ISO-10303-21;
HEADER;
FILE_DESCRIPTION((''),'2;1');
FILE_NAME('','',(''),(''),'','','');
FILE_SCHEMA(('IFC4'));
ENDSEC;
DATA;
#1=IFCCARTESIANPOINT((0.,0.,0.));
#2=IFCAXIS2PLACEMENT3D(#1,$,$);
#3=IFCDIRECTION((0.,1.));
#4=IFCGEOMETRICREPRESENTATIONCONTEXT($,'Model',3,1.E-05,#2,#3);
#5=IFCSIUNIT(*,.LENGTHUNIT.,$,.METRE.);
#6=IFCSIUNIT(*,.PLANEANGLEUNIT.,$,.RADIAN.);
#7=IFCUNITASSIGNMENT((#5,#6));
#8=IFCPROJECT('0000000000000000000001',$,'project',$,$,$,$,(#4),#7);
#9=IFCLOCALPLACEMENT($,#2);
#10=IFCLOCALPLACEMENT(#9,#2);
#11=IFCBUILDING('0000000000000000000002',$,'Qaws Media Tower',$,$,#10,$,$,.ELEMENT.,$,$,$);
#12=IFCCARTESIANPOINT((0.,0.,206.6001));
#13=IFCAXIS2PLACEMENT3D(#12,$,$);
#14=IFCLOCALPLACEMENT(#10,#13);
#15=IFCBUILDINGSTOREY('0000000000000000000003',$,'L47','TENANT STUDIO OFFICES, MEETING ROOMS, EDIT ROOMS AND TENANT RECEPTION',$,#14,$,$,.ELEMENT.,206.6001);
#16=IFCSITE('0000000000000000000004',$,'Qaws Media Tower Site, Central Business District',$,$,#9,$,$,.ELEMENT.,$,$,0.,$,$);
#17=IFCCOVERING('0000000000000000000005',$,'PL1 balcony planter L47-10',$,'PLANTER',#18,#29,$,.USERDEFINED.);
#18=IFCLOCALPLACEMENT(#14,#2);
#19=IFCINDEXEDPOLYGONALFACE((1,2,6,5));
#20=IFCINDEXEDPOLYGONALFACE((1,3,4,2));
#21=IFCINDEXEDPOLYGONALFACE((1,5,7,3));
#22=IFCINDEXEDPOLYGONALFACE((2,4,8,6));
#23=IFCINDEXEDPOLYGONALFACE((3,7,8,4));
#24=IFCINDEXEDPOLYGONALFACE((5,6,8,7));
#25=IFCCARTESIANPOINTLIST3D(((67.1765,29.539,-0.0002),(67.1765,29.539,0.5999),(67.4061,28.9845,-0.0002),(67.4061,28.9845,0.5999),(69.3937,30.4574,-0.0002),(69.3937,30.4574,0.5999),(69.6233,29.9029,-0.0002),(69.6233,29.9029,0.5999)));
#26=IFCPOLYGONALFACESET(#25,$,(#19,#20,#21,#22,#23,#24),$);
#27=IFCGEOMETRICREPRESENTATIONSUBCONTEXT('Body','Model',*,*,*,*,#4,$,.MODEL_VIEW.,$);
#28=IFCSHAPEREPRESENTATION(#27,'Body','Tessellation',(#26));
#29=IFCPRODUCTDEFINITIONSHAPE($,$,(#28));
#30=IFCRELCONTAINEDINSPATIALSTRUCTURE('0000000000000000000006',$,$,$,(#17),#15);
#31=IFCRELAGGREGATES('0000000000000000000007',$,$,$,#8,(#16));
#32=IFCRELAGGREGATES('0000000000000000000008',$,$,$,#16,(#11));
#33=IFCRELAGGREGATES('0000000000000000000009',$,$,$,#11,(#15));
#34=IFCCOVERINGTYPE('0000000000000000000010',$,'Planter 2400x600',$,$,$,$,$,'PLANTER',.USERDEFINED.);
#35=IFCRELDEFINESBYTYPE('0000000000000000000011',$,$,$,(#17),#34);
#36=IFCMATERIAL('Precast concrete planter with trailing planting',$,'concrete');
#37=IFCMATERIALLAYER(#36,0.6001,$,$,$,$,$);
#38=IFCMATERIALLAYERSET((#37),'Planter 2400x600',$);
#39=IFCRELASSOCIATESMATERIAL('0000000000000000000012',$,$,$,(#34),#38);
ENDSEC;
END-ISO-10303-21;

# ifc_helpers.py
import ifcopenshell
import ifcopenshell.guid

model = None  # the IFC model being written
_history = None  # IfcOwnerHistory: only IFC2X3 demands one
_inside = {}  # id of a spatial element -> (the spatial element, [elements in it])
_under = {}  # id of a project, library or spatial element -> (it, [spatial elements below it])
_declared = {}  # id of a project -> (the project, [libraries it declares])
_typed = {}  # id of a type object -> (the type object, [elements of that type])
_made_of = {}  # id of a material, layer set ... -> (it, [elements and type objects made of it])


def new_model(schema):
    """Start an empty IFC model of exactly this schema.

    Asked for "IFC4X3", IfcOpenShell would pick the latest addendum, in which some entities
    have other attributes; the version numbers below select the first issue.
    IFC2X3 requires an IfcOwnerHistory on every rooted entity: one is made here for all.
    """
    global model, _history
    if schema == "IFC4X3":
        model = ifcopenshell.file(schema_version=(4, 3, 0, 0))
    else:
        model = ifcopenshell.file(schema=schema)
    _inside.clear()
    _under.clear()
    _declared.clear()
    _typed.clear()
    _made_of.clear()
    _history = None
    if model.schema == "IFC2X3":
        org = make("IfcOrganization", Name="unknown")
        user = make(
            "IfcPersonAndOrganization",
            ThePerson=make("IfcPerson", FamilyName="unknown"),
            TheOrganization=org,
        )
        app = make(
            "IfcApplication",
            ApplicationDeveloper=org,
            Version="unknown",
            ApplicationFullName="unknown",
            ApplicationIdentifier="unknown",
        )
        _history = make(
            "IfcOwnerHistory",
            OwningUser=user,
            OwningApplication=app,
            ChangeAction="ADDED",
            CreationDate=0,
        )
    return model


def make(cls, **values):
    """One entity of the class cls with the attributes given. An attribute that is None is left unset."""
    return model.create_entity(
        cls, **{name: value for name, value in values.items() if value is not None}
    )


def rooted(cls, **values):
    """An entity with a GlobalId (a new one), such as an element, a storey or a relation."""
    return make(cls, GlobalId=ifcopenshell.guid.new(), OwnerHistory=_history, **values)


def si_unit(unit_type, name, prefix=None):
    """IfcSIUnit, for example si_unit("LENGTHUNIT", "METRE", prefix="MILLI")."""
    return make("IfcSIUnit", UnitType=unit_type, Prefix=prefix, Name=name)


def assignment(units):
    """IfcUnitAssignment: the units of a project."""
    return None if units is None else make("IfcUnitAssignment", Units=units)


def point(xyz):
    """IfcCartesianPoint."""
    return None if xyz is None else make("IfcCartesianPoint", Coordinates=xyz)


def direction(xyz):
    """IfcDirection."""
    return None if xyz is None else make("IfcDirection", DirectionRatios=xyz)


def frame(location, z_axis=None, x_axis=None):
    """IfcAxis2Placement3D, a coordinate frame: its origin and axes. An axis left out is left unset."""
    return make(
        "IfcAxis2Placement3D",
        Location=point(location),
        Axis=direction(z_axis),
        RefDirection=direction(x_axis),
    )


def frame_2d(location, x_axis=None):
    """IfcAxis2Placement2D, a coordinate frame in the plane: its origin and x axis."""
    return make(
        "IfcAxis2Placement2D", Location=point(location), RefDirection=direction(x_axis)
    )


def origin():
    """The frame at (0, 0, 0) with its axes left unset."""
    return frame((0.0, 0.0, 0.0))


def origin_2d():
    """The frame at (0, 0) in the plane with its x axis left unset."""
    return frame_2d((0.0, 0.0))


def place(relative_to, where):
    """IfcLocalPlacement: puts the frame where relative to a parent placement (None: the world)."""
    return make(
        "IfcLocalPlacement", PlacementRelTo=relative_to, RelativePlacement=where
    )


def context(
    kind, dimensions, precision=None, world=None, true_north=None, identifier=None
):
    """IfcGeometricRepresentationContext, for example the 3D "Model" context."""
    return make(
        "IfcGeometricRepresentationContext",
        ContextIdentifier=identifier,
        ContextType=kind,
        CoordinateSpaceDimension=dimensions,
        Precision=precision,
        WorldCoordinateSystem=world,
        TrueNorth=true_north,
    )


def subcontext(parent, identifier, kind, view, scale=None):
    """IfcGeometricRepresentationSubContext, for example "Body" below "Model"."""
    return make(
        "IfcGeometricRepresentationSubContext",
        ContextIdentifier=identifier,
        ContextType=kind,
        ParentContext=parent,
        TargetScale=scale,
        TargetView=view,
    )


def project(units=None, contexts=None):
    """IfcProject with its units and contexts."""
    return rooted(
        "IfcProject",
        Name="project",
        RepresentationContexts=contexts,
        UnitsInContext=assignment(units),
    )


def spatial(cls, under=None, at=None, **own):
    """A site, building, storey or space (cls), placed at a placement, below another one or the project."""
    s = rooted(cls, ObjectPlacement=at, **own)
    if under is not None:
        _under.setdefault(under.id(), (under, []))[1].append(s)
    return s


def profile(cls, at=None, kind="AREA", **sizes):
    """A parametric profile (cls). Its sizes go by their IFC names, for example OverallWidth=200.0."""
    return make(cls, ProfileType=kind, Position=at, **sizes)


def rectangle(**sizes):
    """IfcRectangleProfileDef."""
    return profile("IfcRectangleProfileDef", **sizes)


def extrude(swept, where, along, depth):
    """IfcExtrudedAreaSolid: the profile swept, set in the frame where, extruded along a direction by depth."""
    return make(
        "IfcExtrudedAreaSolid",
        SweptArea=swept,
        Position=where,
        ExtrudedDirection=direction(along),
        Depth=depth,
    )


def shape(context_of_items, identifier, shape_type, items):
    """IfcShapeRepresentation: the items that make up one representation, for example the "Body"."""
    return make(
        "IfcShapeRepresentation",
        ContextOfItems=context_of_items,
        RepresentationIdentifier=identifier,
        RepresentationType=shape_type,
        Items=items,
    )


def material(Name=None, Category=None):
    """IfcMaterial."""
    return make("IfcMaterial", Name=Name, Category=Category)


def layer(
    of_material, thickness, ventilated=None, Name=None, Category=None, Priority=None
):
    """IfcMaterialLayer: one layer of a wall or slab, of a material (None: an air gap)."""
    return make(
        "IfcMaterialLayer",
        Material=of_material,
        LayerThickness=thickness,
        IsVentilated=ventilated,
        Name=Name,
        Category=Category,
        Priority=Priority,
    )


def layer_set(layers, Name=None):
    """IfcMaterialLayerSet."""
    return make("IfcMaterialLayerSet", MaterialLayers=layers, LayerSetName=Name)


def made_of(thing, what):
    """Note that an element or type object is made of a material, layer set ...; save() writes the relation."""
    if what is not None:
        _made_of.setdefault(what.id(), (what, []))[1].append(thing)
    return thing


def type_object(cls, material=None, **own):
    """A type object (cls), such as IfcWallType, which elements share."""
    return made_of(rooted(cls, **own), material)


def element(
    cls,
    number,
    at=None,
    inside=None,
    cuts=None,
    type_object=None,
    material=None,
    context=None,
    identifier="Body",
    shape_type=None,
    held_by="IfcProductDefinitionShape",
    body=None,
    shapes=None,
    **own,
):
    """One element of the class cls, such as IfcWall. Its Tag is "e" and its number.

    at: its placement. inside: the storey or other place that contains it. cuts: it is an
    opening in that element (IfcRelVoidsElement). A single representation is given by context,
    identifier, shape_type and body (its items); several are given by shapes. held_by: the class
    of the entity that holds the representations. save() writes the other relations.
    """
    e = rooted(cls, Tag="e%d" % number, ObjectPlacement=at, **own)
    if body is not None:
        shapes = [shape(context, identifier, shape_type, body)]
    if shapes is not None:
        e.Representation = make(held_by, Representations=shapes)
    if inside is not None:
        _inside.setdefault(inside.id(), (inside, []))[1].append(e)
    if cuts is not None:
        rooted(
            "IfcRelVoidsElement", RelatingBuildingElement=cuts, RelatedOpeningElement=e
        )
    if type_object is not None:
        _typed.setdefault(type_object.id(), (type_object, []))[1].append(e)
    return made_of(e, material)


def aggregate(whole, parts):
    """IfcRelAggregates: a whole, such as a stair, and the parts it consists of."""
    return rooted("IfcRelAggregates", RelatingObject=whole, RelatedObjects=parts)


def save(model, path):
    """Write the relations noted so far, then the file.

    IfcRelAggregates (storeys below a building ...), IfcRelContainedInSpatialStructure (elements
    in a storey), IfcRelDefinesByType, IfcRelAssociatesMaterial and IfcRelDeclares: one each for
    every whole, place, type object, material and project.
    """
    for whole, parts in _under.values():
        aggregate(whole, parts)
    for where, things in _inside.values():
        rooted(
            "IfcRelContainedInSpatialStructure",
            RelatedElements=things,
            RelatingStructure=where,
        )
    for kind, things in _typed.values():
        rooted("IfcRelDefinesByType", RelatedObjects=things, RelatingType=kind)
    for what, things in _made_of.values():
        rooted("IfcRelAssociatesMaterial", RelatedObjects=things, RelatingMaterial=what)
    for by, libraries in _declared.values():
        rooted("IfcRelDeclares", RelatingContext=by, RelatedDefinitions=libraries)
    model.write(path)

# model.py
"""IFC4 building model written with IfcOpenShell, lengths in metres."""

from ifc_helpers import new_model, si_unit, direction, frame, origin, origin_2d, place, context, subcontext, project, spatial, rectangle, extrude, material, layer, layer_set, type_object, element, save


model = new_model("IFC4")

# Units and contexts
model_context = context("Model", 3, precision=1e-05, world=origin(), true_north=direction((0.0, 1.0)))
body_context = subcontext(model_context, "Body", "Model", "MODEL_VIEW")
ifc_project = project(units=[si_unit("LENGTHUNIT", "METRE"), si_unit("PLANEANGLEUNIT", "RADIAN")], contexts=[model_context])

# Site, building, storey
site_placement = place(None, origin())
site = spatial("IfcSite", under=ifc_project, at=site_placement, Name="Qaws Media Tower Site, Central Business District", CompositionType="ELEMENT", RefElevation=0.0)
building_placement = place(site_placement, origin())
building = spatial("IfcBuilding", under=site, at=building_placement, Name="Qaws Media Tower", CompositionType="ELEMENT")
storey_placement = place(building_placement, frame((0.0, 0.0, 206.6001)))
storey = spatial("IfcBuildingStorey", under=building, at=storey_placement, Name="L47", Description="TENANT STUDIO OFFICES, MEETING ROOMS, EDIT ROOMS AND TENANT RECEPTION", CompositionType="ELEMENT", Elevation=206.6001)

# Covering
ifc_material_1 = material(Name="Precast concrete planter with trailing planting", Category="concrete")
ifc_layer_1 = layer(ifc_material_1, 0.6001)
ifc_layer_set_1 = layer_set([ifc_layer_1], Name="Planter 2400x600")
covering_type = type_object("IfcCoveringType", Name="Planter 2400x600", ElementType="PLANTER", PredefinedType="USERDEFINED", material=ifc_layer_set_1)
for number, where, z_axis, x_axis, name in (
    (1, (68.3999, 29.7209, -0.0002), (0.0, 0.0, 1.0), (0.92388, 0.382683, 0.0), "PL1 balcony planter L47-10"),
):
    element("IfcCovering", number, at=place(storey_placement, frame(where, z_axis=z_axis, x_axis=x_axis)), inside=storey, type_object=covering_type, Name=name, ObjectType="PLANTER", PredefinedType="USERDEFINED", context=body_context, shape_type="SweptSolid", body=[
        extrude(rectangle(XDim=2.3999, YDim=0.6001, at=origin_2d()), origin(), (0.0, 0.0, 1.0), 0.6001),
    ])

save(model, "model.ifc")
